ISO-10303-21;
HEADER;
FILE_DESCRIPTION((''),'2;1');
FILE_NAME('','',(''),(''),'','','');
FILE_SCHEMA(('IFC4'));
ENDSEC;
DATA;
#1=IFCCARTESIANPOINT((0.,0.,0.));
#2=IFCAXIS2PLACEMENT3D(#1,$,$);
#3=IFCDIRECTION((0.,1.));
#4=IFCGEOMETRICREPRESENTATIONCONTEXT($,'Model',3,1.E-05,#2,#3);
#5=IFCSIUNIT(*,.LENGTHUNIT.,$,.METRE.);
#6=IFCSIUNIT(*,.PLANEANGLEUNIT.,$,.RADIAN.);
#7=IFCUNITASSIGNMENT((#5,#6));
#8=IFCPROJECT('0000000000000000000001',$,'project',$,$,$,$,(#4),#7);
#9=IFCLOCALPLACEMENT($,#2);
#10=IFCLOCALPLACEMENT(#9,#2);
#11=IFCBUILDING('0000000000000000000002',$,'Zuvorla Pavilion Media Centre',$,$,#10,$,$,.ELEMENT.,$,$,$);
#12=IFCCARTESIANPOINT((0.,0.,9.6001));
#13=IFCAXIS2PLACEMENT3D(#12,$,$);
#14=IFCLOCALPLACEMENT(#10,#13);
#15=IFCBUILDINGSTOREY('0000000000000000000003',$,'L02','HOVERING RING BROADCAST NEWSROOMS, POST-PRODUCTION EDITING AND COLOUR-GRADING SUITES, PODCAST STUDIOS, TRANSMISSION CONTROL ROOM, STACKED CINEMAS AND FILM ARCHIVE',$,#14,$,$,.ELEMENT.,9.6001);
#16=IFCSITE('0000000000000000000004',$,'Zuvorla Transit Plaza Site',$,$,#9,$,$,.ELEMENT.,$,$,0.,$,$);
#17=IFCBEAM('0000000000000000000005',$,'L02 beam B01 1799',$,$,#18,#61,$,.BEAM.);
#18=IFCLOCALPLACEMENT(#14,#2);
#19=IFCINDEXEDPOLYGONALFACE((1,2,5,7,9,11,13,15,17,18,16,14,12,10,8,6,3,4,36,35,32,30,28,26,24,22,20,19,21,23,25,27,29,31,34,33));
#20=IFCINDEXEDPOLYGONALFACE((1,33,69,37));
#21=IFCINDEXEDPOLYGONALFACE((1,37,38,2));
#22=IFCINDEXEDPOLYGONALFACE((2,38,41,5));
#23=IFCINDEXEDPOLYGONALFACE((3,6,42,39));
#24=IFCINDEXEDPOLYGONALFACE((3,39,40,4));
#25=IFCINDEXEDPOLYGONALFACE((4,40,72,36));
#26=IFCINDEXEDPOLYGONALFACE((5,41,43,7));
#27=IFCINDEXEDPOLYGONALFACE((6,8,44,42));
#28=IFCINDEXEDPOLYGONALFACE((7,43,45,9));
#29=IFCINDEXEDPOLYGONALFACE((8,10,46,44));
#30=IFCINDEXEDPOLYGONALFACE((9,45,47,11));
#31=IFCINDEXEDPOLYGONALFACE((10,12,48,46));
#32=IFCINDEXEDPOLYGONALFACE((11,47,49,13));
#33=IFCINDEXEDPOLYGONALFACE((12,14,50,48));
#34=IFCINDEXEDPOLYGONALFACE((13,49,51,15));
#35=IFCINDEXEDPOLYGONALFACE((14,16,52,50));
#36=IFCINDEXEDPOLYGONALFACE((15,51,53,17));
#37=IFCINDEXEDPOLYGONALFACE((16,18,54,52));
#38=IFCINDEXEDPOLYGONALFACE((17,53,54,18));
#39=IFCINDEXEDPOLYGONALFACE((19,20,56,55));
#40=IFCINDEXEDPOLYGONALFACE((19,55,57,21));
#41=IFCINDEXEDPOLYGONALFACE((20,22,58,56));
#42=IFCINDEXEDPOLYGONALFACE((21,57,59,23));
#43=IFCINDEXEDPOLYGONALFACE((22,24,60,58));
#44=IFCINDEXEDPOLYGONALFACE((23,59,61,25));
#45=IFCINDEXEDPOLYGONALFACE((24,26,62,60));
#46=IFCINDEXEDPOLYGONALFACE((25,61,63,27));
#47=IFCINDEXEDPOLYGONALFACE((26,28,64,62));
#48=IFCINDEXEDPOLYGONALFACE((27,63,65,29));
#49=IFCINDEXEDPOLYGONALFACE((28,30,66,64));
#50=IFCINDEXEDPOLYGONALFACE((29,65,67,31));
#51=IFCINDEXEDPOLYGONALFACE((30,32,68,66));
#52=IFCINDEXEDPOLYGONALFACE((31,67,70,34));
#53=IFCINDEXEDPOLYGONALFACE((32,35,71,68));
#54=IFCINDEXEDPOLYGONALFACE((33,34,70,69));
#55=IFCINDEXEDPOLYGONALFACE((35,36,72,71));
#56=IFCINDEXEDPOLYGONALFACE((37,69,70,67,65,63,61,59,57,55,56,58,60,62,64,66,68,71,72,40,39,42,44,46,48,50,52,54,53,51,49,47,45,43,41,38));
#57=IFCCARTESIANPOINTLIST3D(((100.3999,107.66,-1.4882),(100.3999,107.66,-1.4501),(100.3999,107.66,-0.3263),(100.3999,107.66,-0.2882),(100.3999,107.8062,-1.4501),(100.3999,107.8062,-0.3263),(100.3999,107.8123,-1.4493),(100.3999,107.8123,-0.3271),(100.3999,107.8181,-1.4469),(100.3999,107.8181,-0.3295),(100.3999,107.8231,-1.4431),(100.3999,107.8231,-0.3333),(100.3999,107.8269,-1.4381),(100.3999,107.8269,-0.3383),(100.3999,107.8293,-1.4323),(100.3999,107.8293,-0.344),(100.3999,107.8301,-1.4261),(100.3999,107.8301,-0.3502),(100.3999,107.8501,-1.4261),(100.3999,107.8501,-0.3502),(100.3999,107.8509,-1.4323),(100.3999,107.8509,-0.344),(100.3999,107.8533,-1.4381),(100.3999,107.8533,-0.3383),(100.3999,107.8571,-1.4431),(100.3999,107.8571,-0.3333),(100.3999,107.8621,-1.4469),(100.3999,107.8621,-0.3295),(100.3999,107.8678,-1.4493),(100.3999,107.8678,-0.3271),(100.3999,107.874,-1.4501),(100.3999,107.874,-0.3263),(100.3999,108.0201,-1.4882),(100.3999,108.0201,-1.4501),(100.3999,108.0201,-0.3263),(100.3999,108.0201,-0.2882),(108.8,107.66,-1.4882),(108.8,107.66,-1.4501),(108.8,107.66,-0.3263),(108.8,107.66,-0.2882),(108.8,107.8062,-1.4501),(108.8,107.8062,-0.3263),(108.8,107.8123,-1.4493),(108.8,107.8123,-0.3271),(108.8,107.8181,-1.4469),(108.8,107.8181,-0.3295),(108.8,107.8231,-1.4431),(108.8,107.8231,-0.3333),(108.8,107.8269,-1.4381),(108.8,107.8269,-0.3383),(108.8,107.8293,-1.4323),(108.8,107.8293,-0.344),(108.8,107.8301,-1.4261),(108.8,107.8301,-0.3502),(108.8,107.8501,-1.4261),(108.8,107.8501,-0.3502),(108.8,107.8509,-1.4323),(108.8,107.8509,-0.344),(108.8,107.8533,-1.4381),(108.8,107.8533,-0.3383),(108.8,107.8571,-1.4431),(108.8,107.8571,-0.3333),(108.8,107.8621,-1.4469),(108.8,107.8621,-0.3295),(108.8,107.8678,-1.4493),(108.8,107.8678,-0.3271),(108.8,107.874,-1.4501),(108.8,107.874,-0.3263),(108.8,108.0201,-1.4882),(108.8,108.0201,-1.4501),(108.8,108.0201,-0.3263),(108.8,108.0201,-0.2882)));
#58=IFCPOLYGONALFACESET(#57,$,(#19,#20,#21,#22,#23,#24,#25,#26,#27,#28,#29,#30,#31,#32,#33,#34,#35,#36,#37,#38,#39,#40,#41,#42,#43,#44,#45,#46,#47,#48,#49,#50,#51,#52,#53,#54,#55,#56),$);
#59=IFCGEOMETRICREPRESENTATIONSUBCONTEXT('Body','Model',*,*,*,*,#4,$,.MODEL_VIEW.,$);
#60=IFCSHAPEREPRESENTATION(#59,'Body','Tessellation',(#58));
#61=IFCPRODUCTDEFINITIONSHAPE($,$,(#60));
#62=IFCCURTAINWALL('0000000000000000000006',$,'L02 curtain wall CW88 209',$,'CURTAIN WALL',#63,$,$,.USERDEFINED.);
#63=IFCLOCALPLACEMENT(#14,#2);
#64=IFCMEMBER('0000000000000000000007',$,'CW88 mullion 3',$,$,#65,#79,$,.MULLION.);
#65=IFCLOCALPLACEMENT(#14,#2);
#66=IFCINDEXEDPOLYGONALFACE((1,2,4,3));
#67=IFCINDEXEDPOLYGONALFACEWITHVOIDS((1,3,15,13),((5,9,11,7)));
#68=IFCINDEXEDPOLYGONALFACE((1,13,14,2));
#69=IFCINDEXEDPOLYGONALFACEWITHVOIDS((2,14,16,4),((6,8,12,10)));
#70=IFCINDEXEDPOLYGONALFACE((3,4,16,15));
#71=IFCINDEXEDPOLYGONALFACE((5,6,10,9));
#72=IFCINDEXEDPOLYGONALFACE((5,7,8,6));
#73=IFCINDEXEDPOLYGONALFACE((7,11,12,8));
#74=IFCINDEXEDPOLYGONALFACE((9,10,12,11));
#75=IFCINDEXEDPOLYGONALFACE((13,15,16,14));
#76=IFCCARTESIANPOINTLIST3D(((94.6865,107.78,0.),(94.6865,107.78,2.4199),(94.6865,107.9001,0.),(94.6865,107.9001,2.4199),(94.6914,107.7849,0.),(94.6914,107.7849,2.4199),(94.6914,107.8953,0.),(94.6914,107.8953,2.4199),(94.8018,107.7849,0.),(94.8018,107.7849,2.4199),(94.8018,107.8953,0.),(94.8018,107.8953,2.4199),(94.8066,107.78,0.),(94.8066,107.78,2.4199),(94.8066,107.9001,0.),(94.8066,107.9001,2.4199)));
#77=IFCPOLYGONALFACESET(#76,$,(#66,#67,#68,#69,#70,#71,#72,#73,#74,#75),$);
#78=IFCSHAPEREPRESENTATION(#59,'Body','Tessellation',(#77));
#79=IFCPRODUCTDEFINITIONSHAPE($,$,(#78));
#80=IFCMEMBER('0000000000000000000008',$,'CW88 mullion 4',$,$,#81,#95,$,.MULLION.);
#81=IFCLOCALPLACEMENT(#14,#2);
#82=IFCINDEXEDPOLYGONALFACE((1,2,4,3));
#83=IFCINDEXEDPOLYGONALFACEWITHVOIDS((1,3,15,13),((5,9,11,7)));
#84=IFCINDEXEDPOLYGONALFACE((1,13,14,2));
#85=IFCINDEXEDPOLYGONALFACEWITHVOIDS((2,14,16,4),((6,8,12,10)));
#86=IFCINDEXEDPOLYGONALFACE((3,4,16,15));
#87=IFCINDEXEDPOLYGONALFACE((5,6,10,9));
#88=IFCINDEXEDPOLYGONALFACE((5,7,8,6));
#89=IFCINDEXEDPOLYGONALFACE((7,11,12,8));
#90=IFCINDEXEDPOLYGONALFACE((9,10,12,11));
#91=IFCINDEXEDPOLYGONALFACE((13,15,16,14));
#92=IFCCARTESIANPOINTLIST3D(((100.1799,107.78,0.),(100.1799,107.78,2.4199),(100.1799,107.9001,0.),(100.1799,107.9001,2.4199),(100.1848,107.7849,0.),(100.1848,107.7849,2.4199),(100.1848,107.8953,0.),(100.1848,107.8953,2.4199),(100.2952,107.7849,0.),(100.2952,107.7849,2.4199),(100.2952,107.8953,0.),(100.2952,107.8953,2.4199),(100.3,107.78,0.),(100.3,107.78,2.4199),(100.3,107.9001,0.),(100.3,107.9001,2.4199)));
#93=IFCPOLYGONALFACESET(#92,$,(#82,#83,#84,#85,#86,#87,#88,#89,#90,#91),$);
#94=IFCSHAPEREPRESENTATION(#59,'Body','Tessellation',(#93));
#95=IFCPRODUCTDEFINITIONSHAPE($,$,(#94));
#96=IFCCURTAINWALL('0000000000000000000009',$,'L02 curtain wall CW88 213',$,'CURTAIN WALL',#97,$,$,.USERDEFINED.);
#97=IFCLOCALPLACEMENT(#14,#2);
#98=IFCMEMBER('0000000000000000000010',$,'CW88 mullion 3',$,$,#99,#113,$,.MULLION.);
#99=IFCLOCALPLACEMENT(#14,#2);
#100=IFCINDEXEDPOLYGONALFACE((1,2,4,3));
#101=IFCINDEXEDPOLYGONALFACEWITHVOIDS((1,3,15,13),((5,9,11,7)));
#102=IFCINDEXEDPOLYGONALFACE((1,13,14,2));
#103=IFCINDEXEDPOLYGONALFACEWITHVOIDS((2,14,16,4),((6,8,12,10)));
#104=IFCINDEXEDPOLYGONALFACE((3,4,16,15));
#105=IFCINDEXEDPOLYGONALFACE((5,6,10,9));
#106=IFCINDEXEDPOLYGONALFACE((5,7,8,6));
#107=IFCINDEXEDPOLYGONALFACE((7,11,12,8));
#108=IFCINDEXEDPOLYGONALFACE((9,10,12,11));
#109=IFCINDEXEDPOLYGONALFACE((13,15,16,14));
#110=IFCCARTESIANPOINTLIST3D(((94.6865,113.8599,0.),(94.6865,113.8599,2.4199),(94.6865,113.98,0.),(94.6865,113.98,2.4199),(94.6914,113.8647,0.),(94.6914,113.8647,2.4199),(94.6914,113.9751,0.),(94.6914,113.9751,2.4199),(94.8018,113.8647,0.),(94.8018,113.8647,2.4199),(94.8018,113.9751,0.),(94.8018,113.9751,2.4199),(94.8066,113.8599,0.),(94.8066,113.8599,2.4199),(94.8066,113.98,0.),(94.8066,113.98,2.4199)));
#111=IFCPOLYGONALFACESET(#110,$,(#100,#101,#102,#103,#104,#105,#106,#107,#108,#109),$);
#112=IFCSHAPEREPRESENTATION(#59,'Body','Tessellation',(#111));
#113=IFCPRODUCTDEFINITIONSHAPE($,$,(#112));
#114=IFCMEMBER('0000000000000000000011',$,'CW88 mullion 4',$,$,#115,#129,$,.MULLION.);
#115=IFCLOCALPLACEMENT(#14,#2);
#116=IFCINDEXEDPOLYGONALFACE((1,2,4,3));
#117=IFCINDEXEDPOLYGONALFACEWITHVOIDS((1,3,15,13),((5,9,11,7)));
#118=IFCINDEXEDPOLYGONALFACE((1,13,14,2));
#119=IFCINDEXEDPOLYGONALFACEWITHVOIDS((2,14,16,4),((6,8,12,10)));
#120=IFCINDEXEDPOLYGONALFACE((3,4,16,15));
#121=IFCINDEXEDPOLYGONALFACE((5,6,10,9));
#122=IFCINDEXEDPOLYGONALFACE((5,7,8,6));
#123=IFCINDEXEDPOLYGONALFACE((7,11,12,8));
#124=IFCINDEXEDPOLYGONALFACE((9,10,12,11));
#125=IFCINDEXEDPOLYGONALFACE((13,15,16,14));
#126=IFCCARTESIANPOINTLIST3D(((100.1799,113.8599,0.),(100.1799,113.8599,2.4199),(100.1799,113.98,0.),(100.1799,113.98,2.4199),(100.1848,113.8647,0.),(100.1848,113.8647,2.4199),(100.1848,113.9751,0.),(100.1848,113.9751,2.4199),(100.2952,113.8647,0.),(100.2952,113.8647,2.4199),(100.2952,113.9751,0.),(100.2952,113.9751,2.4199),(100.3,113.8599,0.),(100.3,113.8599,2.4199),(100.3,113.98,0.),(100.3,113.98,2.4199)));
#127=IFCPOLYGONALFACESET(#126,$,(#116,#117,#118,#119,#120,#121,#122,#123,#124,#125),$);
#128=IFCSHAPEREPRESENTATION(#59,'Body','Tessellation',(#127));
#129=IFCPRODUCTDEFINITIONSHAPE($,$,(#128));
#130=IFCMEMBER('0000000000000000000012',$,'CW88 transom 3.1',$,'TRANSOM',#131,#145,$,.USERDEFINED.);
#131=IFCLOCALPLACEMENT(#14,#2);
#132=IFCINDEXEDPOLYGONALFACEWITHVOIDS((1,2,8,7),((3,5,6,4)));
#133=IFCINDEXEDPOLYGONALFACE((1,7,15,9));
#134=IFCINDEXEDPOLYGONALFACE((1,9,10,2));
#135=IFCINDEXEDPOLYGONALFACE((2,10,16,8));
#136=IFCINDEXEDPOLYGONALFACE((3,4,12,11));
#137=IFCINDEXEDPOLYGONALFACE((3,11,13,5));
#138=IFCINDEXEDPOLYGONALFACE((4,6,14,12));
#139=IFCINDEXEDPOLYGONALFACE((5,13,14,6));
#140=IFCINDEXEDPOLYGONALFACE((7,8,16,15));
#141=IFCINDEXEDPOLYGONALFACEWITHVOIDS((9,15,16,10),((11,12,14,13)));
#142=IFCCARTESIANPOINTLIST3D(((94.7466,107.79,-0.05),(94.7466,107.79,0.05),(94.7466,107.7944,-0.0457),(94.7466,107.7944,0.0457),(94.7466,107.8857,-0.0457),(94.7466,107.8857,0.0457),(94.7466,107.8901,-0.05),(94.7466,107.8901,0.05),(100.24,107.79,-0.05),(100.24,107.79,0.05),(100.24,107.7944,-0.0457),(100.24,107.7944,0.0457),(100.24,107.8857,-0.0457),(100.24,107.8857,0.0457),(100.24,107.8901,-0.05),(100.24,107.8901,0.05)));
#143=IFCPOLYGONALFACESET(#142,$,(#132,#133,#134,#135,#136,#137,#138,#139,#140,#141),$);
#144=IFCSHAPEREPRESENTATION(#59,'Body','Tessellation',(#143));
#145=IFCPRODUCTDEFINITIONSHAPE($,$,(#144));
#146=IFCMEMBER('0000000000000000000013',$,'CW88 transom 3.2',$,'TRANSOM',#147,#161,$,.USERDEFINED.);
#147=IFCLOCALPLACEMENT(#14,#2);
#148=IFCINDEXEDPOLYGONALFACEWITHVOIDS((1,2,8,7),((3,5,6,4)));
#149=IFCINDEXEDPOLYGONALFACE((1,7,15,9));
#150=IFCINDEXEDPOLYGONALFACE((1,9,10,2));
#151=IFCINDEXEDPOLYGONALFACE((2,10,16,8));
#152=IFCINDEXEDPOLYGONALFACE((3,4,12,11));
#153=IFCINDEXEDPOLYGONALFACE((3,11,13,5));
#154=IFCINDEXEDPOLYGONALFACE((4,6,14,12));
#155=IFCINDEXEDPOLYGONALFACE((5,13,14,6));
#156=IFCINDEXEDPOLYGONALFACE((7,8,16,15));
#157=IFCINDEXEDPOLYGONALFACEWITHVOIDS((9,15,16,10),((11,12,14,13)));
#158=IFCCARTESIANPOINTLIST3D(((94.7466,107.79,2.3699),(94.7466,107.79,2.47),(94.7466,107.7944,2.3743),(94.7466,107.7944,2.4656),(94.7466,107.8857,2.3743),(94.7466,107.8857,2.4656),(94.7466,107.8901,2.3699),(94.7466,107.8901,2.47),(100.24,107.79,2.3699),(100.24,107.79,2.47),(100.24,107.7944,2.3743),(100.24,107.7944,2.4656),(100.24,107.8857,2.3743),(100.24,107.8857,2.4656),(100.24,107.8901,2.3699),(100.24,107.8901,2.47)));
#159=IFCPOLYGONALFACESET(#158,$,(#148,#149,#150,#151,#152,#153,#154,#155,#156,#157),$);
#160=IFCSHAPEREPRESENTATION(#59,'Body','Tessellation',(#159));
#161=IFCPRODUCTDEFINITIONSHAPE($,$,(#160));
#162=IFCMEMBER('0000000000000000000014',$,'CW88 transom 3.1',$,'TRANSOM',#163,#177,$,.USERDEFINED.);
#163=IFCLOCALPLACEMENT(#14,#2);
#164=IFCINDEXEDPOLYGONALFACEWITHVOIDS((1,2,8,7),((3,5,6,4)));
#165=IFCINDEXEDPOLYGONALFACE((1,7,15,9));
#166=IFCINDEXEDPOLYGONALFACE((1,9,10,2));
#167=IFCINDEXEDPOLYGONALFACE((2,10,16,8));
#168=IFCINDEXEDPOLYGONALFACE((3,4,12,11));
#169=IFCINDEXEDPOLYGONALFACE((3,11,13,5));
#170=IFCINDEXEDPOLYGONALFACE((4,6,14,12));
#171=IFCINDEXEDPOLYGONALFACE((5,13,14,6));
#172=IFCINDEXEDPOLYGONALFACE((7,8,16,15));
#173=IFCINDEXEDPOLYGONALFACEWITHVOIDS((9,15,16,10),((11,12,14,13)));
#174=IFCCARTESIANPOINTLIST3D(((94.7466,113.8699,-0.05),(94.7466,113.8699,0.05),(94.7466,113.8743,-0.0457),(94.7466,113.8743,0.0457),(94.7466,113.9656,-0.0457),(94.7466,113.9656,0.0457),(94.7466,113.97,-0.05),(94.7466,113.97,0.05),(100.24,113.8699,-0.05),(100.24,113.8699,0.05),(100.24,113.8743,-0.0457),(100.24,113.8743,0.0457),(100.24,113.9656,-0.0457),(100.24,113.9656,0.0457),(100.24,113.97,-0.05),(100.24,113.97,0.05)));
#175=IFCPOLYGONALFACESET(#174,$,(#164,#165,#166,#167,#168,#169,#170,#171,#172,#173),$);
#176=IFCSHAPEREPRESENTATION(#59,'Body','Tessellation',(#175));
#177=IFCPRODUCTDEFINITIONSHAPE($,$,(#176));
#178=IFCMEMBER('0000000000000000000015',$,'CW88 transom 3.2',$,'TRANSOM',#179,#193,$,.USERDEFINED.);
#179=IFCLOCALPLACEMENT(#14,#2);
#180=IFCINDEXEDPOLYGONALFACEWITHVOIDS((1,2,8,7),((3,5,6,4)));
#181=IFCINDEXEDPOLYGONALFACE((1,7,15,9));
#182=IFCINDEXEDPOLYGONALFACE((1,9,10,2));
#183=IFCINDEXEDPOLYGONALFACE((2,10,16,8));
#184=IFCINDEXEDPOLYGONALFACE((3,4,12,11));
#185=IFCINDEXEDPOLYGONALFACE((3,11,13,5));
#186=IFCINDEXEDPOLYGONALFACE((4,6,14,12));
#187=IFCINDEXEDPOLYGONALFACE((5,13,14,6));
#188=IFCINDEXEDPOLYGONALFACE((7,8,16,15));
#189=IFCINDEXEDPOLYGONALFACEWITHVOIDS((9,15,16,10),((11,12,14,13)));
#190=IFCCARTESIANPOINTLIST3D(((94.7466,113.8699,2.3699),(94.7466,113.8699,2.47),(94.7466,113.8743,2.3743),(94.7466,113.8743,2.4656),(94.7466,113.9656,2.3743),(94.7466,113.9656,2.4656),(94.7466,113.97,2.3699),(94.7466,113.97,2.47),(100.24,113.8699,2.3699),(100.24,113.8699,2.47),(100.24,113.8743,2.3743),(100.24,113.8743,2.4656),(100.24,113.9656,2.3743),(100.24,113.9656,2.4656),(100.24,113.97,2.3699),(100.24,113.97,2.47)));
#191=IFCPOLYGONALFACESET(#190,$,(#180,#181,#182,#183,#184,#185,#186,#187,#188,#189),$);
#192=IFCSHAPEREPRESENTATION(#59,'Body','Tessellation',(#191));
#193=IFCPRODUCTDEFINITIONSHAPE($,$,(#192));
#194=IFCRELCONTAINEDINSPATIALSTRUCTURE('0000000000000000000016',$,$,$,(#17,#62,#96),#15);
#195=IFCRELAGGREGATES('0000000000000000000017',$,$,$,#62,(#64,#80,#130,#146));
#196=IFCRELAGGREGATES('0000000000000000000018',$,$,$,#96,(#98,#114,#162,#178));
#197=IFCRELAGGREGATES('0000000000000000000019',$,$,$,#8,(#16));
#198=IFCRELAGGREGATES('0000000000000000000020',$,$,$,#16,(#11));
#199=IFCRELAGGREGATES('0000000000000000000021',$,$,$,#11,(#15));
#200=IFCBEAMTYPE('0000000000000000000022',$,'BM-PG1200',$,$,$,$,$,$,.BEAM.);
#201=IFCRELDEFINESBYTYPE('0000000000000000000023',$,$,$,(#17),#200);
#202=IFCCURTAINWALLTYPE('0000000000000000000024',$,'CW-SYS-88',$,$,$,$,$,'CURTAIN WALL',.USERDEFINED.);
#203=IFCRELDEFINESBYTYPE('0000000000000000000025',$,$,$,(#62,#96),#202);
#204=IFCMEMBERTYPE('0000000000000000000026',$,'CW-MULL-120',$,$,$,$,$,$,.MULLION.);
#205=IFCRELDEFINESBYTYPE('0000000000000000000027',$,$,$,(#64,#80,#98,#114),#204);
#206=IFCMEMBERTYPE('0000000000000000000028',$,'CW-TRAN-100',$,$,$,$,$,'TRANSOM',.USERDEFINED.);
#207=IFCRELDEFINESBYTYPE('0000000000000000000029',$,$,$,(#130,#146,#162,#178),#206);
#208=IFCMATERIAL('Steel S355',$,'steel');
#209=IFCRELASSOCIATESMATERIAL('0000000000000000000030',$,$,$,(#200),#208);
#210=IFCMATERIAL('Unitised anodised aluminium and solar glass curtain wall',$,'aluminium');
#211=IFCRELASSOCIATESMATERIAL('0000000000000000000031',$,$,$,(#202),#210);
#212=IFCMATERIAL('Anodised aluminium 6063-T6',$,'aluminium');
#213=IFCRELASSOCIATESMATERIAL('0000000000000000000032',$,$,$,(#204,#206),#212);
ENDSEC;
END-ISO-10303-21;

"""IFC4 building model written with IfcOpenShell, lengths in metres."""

from ifc_helpers import new_model, si_unit, direction, frame, origin, origin_2d, place, context, subcontext, project, spatial, hollow_rectangle, i_section, extrude, material, material_profile, profile_set, type_object, element, aggregate, save


model = new_model("IFC4")

# Units and contexts
model_context = context("Model", 3, precision=1e-05, world=origin(), true_north=direction((0.0, 1.0)))
body_context = subcontext(model_context, "Body", "Model", "MODEL_VIEW")
ifc_project = project(units=[si_unit("LENGTHUNIT", "METRE"), si_unit("PLANEANGLEUNIT", "RADIAN")], contexts=[model_context])

# Site, building, storey
site_placement = place(None, origin())
site = spatial("IfcSite", under=ifc_project, at=site_placement, Name="Zuvorla Transit Plaza Site", CompositionType="ELEMENT", RefElevation=0.0)
building_placement = place(site_placement, origin())
building = spatial("IfcBuilding", under=site, at=building_placement, Name="Zuvorla Pavilion Media Centre", CompositionType="ELEMENT")
storey_placement = place(building_placement, frame((0.0, 0.0, 9.6001)))
storey = spatial("IfcBuildingStorey", under=building, at=storey_placement, Name="L02", Description="HOVERING RING BROADCAST NEWSROOMS, POST-PRODUCTION EDITING AND COLOUR-GRADING SUITES, PODCAST STUDIOS, TRANSMISSION CONTROL ROOM, STACKED CINEMAS AND FILM ARCHIVE", CompositionType="ELEMENT", Elevation=9.6001)

# Beam
ifc_material_1 = material(Name="Steel S355", Category="steel")
ifc_material_profile_1 = material_profile(ifc_material_1, i_section(OverallWidth=0.3601, OverallDepth=1.2, WebThickness=0.02, FlangeThickness=0.0381, FilletRadius=0.0239, at=origin_2d()), Name="PG 1200x360x38")
ifc_profile_set_1 = profile_set([ifc_material_profile_1], Name="Steel S355")
beam_type = type_object("IfcBeamType", Name="BM-PG1200", PredefinedType="BEAM", material=ifc_profile_set_1)
beam_placement = place(storey_placement, frame((100.3999, 107.8401, -0.8882), z_axis=(1.0, 0.0, 0.0), x_axis=(0.0, 1.0, 0.0)))
element("IfcBeam", 1, at=beam_placement, inside=storey, type_object=beam_type, Name="L02 beam B01 1799", PredefinedType="BEAM", context=body_context, shape_type="SweptSolid", body=[
    extrude(i_section(OverallWidth=0.3601, OverallDepth=1.2, WebThickness=0.02, FlangeThickness=0.0381, FilletRadius=0.0239, at=origin_2d()), origin(), (0.0, 0.0, 1.0), 8.4001),
])

# Curtain walls, members
ifc_material_2 = material(Name="Unitised anodised aluminium and solar glass curtain wall", Category="aluminium")
curtain_wall_type = type_object("IfcCurtainWallType", Name="CW-SYS-88", ElementType="CURTAIN WALL", PredefinedType="USERDEFINED", material=ifc_material_2)
curtain_wall_1_placement = place(storey_placement, origin())
curtain_wall_1 = element("IfcCurtainWall", 2, at=curtain_wall_1_placement, inside=storey, type_object=curtain_wall_type, Name="L02 curtain wall CW88 209", ObjectType="CURTAIN WALL", PredefinedType="USERDEFINED")
ifc_material_3 = material(Name="Anodised aluminium 6063-T6", Category="aluminium")
ifc_material_profile_2 = material_profile(ifc_material_3, hollow_rectangle(XDim=0.1201, YDim=0.1201, WallThickness=0.0049, at=origin_2d()), Name="ALU MULL 120x120")
ifc_profile_set_2 = profile_set([ifc_material_profile_2], Name="Anodised aluminium 6063-T6")
member_type_1 = type_object("IfcMemberType", Name="CW-MULL-120", PredefinedType="MULLION", material=ifc_profile_set_2)
member_1_placement = place(storey_placement, frame((94.7466, 107.8401, 0.0), z_axis=(0.0, 0.0, 1.0), x_axis=(1.0, 0.0, 0.0)))
member_1 = element("IfcMember", 3, at=member_1_placement, type_object=member_type_1, Name="CW88 mullion 3", PredefinedType="MULLION", context=body_context, shape_type="SweptSolid", body=[
    extrude(hollow_rectangle(XDim=0.1201, YDim=0.1201, WallThickness=0.0049, at=origin_2d()), origin(), (0.0, 0.0, 1.0), 2.4199),
])
member_2_placement = place(storey_placement, frame((100.24, 107.8401, 0.0), z_axis=(0.0, 0.0, 1.0), x_axis=(1.0, 0.0, 0.0)))
member_2 = element("IfcMember", 4, at=member_2_placement, type_object=member_type_1, Name="CW88 mullion 4", PredefinedType="MULLION", context=body_context, shape_type="SweptSolid", body=[
    extrude(hollow_rectangle(XDim=0.1201, YDim=0.1201, WallThickness=0.0049, at=origin_2d()), origin(), (0.0, 0.0, 1.0), 2.4199),
])
curtain_wall_2_placement = place(storey_placement, origin())
curtain_wall_2 = element("IfcCurtainWall", 5, at=curtain_wall_2_placement, inside=storey, type_object=curtain_wall_type, Name="L02 curtain wall CW88 213", ObjectType="CURTAIN WALL", PredefinedType="USERDEFINED")
member_3_placement = place(storey_placement, frame((94.7466, 113.9199, 0.0), z_axis=(0.0, 0.0, 1.0), x_axis=(1.0, 0.0, 0.0)))
member_3 = element("IfcMember", 6, at=member_3_placement, type_object=member_type_1, Name="CW88 mullion 3", PredefinedType="MULLION", context=body_context, shape_type="SweptSolid", body=[
    extrude(hollow_rectangle(XDim=0.1201, YDim=0.1201, WallThickness=0.0049, at=origin_2d()), origin(), (0.0, 0.0, 1.0), 2.4199),
])
member_4_placement = place(storey_placement, frame((100.24, 113.9199, 0.0), z_axis=(0.0, 0.0, 1.0), x_axis=(1.0, 0.0, 0.0)))
member_4 = element("IfcMember", 7, at=member_4_placement, type_object=member_type_1, Name="CW88 mullion 4", PredefinedType="MULLION", context=body_context, shape_type="SweptSolid", body=[
    extrude(hollow_rectangle(XDim=0.1201, YDim=0.1201, WallThickness=0.0049, at=origin_2d()), origin(), (0.0, 0.0, 1.0), 2.4199),
])

# Members
ifc_material_profile_3 = material_profile(ifc_material_3, hollow_rectangle(XDim=0.1001, YDim=0.1001, WallThickness=0.0044, at=origin_2d()), Name="ALU TRAN 100x100")
ifc_profile_set_3 = profile_set([ifc_material_profile_3], Name="Anodised aluminium 6063-T6")
member_type_2 = type_object("IfcMemberType", Name="CW-TRAN-100", ElementType="TRANSOM", PredefinedType="USERDEFINED", material=ifc_profile_set_3)
member_5_placement = place(storey_placement, frame((94.7466, 107.8401, 0.0), z_axis=(1.0, 0.0, 0.0), x_axis=(0.0, 1.0, 0.0)))
member_5 = element("IfcMember", 8, at=member_5_placement, type_object=member_type_2, Name="CW88 transom 3.1", ObjectType="TRANSOM", PredefinedType="USERDEFINED", context=body_context, shape_type="SweptSolid", body=[
    extrude(hollow_rectangle(XDim=0.1001, YDim=0.1001, WallThickness=0.0044, at=origin_2d()), origin(), (0.0, 0.0, 1.0), 5.4934),
])
member_6_placement = place(storey_placement, frame((94.7466, 107.8401, 2.4199), z_axis=(1.0, 0.0, 0.0), x_axis=(0.0, 1.0, 0.0)))
member_6 = element("IfcMember", 9, at=member_6_placement, type_object=member_type_2, Name="CW88 transom 3.2", ObjectType="TRANSOM", PredefinedType="USERDEFINED", context=body_context, shape_type="SweptSolid", body=[
    extrude(hollow_rectangle(XDim=0.1001, YDim=0.1001, WallThickness=0.0044, at=origin_2d()), origin(), (0.0, 0.0, 1.0), 5.4934),
])
member_7_placement = place(storey_placement, frame((94.7466, 113.9199, 0.0), z_axis=(1.0, 0.0, 0.0), x_axis=(0.0, 1.0, 0.0)))
member_7 = element("IfcMember", 10, at=member_7_placement, type_object=member_type_2, Name="CW88 transom 3.1", ObjectType="TRANSOM", PredefinedType="USERDEFINED", context=body_context, shape_type="SweptSolid", body=[
    extrude(hollow_rectangle(XDim=0.1001, YDim=0.1001, WallThickness=0.0044, at=origin_2d()), origin(), (0.0, 0.0, 1.0), 5.4934),
])
member_8_placement = place(storey_placement, frame((94.7466, 113.9199, 2.4199), z_axis=(1.0, 0.0, 0.0), x_axis=(0.0, 1.0, 0.0)))
member_8 = element("IfcMember", 11, at=member_8_placement, type_object=member_type_2, Name="CW88 transom 3.2", ObjectType="TRANSOM", PredefinedType="USERDEFINED", context=body_context, shape_type="SweptSolid", body=[
    extrude(hollow_rectangle(XDim=0.1001, YDim=0.1001, WallThickness=0.0044, at=origin_2d()), origin(), (0.0, 0.0, 1.0), 5.4934),
])

aggregate(curtain_wall_1, [member_1, member_2, member_5, member_6])
aggregate(curtain_wall_2, [member_3, member_4, member_7, member_8])

save(model, "model.ifc")
